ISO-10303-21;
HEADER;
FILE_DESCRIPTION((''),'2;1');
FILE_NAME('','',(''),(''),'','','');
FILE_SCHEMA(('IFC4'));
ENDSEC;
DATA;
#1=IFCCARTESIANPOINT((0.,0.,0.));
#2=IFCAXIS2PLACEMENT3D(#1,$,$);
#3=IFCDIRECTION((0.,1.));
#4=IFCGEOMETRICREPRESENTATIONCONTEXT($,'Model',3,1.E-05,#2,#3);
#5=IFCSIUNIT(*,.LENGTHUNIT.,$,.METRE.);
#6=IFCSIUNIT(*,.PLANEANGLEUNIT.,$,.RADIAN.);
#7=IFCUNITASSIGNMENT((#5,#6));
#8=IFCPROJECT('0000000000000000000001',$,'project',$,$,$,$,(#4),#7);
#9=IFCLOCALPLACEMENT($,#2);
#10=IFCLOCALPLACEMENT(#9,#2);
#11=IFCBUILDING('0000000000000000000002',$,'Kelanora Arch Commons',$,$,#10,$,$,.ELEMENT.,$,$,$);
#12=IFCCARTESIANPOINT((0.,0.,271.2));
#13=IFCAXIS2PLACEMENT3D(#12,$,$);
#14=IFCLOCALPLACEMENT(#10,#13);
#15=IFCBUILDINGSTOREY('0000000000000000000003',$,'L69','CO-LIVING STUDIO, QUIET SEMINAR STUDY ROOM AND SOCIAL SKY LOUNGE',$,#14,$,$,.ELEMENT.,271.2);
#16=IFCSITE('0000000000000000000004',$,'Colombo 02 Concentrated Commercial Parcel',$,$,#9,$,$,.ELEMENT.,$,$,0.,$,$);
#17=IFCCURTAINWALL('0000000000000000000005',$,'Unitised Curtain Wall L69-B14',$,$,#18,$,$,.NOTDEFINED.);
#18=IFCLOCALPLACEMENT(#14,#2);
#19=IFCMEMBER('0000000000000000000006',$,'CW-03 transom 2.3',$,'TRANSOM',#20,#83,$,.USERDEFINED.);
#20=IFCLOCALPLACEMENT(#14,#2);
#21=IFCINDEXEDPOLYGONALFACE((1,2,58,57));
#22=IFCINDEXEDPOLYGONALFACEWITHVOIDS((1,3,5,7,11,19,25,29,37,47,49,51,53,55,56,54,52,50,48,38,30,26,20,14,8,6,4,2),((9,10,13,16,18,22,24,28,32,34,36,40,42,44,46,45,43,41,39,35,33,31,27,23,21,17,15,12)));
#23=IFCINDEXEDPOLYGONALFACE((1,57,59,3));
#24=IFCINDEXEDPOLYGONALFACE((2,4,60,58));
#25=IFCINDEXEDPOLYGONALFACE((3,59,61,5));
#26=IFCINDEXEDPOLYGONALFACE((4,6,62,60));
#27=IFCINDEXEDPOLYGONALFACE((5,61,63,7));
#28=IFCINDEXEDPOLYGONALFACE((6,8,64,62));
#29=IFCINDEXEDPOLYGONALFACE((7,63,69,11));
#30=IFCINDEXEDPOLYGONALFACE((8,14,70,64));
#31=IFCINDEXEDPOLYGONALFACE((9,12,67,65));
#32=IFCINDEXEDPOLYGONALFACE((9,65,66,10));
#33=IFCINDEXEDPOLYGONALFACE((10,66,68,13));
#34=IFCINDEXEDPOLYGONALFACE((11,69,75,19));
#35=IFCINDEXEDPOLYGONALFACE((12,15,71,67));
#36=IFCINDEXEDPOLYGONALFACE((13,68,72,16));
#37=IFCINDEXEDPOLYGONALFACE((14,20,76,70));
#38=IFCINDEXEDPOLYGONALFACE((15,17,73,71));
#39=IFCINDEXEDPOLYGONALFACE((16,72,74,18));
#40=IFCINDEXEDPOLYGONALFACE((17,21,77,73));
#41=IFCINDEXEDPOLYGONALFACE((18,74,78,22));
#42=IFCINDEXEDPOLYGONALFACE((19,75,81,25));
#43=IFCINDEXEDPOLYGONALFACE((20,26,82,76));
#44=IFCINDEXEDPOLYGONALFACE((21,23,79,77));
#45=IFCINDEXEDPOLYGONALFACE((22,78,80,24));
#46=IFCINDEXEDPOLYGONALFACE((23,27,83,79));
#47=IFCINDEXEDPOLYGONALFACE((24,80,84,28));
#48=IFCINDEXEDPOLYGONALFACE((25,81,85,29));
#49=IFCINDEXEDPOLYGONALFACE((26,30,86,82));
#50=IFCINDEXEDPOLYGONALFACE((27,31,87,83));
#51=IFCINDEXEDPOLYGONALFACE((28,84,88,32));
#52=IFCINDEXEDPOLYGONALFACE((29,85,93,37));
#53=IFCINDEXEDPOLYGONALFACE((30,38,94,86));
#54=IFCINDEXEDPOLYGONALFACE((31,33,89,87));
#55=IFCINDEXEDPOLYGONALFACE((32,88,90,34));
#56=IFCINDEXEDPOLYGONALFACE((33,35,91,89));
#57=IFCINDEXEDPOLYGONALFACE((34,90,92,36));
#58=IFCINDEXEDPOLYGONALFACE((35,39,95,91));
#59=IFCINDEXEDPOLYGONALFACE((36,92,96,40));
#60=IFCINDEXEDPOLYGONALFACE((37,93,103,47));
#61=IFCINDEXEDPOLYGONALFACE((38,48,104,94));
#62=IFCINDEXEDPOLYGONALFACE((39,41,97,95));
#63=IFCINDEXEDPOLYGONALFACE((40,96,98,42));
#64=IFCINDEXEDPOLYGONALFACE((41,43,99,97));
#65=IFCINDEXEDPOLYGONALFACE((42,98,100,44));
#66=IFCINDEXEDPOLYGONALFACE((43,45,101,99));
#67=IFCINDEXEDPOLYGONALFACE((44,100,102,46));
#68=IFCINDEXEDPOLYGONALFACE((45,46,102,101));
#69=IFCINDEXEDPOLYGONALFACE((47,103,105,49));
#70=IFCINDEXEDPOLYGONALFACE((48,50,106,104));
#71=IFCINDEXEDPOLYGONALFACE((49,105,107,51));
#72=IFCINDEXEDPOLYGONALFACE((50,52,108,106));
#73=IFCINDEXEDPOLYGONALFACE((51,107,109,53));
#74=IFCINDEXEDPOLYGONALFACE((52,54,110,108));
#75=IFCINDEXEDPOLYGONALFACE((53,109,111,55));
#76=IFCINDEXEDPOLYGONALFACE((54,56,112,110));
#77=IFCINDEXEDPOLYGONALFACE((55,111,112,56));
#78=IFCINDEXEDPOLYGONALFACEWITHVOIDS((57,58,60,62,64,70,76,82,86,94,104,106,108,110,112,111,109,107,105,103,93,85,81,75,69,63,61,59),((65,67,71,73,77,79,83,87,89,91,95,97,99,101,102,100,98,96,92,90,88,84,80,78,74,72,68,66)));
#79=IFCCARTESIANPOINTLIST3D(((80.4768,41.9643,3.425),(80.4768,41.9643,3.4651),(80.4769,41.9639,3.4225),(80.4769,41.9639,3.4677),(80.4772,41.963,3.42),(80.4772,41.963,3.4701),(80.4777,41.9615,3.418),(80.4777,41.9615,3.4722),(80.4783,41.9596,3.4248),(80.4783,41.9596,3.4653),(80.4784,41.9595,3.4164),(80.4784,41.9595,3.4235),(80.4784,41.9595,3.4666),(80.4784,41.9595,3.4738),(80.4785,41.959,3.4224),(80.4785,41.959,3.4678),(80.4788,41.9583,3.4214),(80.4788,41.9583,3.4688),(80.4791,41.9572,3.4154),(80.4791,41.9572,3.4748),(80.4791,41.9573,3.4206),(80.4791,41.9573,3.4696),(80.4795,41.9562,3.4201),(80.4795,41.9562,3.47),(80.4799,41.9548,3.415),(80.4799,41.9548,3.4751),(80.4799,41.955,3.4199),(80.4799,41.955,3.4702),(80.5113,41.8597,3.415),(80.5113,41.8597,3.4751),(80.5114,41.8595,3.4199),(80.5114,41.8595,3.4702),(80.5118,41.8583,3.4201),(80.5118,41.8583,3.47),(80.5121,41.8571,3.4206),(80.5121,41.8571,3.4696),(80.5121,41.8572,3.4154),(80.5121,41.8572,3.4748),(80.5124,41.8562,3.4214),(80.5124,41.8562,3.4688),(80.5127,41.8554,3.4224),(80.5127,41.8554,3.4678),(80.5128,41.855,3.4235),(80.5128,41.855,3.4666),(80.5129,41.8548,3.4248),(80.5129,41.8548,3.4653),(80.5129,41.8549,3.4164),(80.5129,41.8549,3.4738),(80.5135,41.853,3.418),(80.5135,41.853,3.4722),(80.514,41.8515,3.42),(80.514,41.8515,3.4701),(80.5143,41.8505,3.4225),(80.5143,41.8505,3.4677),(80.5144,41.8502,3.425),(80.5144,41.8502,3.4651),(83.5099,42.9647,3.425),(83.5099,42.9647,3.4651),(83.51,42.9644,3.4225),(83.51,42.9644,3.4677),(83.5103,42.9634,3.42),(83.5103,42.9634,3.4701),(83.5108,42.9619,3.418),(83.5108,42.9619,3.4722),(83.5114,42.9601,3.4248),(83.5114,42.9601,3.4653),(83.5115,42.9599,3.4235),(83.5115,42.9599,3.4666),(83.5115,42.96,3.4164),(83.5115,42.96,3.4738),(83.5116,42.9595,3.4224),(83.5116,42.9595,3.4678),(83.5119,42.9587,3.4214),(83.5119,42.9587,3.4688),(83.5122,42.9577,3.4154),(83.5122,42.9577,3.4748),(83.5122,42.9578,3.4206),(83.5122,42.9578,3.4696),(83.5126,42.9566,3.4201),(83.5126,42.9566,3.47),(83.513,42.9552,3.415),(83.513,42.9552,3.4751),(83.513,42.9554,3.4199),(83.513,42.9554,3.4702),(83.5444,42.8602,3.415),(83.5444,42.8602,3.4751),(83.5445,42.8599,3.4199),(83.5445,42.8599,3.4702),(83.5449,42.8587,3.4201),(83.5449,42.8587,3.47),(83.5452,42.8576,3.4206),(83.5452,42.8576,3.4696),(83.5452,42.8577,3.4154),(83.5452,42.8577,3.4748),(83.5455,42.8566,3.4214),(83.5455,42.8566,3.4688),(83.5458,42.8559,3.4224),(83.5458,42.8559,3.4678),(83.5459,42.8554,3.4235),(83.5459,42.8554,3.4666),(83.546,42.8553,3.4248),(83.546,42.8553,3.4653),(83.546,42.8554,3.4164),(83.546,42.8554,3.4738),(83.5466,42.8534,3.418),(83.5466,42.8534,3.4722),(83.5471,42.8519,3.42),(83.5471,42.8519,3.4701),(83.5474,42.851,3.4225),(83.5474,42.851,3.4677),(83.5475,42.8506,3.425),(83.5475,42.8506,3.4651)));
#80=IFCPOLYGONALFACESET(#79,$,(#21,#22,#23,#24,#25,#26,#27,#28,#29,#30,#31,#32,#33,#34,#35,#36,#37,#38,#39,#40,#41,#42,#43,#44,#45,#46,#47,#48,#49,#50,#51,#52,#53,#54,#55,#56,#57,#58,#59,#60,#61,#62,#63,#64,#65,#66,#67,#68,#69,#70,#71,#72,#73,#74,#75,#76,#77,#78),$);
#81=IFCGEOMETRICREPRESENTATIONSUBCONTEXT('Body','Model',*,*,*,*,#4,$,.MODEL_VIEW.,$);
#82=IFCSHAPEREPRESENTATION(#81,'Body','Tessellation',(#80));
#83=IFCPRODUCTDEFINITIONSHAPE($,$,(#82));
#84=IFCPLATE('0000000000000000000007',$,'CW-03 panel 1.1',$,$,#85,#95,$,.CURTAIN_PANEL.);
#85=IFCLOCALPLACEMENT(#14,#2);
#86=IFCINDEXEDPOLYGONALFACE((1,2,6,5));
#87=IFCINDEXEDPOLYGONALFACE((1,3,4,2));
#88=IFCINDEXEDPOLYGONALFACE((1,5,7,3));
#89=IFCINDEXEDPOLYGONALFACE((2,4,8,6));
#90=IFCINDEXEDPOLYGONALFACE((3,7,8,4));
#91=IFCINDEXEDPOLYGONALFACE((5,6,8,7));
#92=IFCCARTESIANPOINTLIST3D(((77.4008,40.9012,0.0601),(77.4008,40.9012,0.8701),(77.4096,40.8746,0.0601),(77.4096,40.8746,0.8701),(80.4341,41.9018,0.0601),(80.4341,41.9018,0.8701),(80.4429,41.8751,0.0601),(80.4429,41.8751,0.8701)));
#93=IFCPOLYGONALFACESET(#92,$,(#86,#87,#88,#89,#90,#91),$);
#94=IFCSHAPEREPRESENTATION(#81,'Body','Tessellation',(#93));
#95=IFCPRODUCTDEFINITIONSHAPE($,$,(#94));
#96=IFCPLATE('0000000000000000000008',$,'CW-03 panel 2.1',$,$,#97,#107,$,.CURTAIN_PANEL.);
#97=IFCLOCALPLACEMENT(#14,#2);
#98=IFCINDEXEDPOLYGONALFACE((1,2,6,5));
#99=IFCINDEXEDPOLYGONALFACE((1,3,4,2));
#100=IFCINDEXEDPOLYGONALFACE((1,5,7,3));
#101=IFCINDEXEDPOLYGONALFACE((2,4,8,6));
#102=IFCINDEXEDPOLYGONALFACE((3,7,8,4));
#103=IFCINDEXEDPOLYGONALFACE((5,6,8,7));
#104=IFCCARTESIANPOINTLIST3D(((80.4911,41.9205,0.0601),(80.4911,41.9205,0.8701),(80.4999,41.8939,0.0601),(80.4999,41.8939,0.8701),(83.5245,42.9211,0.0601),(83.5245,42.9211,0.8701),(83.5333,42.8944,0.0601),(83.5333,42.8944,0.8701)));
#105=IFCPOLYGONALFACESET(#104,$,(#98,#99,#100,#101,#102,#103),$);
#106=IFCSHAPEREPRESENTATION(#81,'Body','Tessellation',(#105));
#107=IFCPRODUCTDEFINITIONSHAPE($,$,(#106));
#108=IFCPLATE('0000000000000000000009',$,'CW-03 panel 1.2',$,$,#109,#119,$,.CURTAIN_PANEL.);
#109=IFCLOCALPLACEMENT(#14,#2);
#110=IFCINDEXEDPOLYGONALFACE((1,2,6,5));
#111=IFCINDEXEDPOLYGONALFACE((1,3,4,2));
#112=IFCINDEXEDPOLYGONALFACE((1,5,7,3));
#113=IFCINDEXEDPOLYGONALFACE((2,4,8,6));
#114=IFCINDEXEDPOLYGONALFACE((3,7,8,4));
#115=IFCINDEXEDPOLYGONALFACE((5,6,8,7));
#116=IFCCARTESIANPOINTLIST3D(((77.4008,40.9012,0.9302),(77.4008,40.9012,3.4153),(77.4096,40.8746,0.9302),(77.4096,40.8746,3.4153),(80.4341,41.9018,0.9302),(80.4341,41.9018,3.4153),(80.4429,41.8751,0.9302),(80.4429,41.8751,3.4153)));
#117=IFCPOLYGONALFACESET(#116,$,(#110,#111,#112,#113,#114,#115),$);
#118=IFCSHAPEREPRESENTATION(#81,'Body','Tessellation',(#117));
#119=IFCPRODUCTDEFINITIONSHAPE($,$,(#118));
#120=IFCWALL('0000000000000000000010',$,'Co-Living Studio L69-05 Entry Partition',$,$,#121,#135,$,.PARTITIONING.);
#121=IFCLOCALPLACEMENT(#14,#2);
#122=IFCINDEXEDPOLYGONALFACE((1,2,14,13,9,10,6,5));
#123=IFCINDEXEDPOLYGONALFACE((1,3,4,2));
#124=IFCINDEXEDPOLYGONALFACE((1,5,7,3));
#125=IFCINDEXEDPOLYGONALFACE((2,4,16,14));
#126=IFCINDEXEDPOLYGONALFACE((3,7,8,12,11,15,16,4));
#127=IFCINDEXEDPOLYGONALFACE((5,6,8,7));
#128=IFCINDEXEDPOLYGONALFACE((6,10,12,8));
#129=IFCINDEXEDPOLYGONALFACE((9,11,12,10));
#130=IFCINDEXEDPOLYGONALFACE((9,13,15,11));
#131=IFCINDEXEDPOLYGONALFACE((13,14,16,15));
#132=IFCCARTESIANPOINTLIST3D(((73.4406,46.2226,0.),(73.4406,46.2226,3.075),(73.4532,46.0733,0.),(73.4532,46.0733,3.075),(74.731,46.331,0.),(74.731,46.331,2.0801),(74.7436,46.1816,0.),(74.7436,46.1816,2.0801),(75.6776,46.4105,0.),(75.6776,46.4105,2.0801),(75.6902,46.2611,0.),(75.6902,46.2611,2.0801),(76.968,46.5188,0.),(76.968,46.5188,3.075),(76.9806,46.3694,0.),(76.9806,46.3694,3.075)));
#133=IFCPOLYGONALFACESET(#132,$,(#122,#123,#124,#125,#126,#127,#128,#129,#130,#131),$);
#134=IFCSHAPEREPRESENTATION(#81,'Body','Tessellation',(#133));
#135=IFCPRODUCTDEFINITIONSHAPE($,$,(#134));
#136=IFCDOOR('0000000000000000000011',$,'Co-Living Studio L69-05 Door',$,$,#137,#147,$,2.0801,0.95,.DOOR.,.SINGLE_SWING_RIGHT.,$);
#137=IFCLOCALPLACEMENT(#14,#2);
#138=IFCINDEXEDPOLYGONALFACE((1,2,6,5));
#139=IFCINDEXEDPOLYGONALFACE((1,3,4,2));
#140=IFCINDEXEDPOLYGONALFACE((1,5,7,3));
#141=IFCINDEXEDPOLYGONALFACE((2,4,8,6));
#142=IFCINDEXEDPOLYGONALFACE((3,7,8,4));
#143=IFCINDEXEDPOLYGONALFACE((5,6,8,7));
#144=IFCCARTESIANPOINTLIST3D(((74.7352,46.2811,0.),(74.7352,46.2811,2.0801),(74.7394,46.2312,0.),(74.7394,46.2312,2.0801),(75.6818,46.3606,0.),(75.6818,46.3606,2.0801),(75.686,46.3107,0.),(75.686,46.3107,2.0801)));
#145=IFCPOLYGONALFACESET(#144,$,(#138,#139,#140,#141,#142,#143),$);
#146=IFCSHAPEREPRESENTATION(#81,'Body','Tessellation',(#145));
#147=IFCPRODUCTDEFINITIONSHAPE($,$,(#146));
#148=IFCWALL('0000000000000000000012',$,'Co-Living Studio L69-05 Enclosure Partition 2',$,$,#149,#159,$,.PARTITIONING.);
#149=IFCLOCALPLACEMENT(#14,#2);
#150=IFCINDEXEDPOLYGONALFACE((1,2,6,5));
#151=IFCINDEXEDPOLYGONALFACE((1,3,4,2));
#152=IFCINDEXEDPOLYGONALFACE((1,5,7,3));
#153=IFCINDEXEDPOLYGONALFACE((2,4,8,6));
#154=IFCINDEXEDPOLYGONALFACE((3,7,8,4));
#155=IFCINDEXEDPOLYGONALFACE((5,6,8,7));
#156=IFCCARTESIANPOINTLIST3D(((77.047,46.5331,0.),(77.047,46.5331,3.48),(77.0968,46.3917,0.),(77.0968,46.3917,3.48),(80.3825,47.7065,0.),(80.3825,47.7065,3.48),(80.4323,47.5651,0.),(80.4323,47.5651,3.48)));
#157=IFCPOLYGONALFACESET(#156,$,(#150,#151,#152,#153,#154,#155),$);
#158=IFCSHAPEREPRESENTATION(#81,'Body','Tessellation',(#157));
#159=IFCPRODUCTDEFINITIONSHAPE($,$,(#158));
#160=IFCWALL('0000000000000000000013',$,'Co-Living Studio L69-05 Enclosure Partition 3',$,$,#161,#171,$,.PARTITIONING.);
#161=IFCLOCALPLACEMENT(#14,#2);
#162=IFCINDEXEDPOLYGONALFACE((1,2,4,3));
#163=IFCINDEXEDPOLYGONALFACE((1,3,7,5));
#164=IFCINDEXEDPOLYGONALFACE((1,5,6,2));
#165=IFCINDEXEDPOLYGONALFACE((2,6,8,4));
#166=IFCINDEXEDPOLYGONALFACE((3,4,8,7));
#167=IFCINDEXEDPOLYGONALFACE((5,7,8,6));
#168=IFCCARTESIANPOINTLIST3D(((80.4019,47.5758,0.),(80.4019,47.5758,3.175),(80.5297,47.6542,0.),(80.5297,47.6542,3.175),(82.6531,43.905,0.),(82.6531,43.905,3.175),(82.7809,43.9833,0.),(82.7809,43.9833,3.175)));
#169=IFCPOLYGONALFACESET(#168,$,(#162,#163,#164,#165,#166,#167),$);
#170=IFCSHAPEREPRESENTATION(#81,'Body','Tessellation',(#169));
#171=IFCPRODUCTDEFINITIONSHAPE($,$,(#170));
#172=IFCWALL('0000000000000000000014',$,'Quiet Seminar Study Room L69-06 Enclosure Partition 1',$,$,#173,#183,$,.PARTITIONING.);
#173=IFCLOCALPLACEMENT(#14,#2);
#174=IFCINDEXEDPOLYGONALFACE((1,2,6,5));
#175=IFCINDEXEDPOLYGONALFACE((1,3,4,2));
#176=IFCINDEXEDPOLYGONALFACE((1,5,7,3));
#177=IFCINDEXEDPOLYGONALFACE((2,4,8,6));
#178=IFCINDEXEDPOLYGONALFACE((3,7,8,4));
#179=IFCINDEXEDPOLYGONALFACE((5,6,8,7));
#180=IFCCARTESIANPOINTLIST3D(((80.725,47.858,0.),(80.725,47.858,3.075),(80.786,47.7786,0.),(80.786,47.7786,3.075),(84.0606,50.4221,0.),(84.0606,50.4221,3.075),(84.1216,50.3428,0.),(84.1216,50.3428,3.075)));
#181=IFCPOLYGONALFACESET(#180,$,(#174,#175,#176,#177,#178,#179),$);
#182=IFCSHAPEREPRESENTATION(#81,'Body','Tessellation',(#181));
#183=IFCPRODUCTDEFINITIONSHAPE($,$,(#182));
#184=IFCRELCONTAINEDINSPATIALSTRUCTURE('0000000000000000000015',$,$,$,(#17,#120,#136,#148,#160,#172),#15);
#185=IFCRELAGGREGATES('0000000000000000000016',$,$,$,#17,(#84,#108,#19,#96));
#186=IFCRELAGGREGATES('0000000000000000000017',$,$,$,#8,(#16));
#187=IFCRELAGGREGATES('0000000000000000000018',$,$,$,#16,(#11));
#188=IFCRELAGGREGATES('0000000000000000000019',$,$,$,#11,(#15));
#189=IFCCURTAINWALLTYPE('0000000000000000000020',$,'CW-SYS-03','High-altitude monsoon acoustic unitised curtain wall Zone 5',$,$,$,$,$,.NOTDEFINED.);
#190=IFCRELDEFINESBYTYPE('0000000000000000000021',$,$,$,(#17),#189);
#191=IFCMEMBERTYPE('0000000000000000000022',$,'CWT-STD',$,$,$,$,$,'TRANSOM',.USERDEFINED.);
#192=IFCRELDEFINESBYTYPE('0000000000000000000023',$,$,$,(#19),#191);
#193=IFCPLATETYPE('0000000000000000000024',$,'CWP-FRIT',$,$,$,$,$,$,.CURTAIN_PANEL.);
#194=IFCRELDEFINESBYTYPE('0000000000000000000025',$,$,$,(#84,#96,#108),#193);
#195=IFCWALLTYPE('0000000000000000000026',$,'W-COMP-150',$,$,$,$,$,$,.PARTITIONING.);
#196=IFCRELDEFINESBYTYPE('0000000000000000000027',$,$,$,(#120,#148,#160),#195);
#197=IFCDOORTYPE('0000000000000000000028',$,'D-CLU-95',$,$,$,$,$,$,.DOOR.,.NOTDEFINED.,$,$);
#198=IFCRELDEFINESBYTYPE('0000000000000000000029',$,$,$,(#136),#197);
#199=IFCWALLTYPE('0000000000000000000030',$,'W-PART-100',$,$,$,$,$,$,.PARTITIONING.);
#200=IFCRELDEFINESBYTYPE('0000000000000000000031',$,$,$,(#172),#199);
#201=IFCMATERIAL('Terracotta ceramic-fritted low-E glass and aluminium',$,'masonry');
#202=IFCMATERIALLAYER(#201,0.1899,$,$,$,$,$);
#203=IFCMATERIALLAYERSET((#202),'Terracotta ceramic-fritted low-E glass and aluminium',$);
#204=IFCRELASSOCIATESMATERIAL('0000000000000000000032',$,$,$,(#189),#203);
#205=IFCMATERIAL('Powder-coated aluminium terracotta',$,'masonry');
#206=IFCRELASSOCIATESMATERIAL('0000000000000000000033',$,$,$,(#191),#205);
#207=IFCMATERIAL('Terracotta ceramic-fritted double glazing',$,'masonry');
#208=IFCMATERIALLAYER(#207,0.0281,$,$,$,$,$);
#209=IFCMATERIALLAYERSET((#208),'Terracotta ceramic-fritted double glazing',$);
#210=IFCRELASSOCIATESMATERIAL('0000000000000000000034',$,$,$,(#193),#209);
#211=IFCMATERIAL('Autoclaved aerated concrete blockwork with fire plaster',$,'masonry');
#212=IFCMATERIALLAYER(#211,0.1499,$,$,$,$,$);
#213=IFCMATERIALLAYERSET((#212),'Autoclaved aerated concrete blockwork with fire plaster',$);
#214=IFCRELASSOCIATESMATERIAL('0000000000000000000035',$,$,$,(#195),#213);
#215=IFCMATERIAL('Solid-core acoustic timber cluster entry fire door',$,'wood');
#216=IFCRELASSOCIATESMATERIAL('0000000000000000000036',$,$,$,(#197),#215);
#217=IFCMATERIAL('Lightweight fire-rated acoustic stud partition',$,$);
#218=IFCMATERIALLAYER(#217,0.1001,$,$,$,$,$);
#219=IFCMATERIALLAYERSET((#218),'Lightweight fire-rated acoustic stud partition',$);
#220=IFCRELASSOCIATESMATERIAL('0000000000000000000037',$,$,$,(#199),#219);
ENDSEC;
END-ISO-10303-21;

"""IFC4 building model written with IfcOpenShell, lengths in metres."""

from ifc_helpers import new_model, si_unit, direction, frame, frame_2d, origin, origin_2d, place, context, subcontext, project, spatial, rectangle, hollow_rectangle, extrude, source, transform, mapped, material, layer, layer_set, material_profile, profile_set, type_object, element, fill, aggregate, save


model = new_model("IFC4")

# Units and contexts
model_context = context("Model", 3, precision=1e-05, world=origin(), true_north=direction((0.0, 1.0)))
body_context = subcontext(model_context, "Body", "Model", "MODEL_VIEW")
ifc_project = project(units=[si_unit("LENGTHUNIT", "METRE"), si_unit("PLANEANGLEUNIT", "RADIAN")], contexts=[model_context])

# Site, building, storey
site_placement = place(None, origin())
site = spatial("IfcSite", under=ifc_project, at=site_placement, Name="Colombo 02 Concentrated Commercial Parcel", CompositionType="ELEMENT", RefElevation=0.0)
building_placement = place(site_placement, origin())
building = spatial("IfcBuilding", under=site, at=building_placement, Name="Kelanora Arch Commons", CompositionType="ELEMENT")
storey_placement = place(building_placement, frame((0.0, 0.0, 271.2)))
storey = spatial("IfcBuildingStorey", under=building, at=storey_placement, Name="L69", Description="CO-LIVING STUDIO, QUIET SEMINAR STUDY ROOM AND SOCIAL SKY LOUNGE", CompositionType="ELEMENT", Elevation=271.2)

# Curtain wall, member, plates
ifc_material_1 = material(Name="Terracotta ceramic-fritted low-E glass and aluminium", Category="masonry")
ifc_layer_1 = layer(ifc_material_1, 0.1899)
ifc_layer_set_1 = layer_set([ifc_layer_1], Name="Terracotta ceramic-fritted low-E glass and aluminium")
curtain_wall_type = type_object("IfcCurtainWallType", Name="CW-SYS-03", Description="High-altitude monsoon acoustic unitised curtain wall Zone 5", PredefinedType="NOTDEFINED", material=ifc_layer_set_1)
curtain_wall_placement = place(storey_placement, origin())
curtain_wall = element("IfcCurtainWall", 1, at=curtain_wall_placement, inside=storey, type_object=curtain_wall_type, Name="Unitised Curtain Wall L69-B14", PredefinedType="NOTDEFINED")
ifc_material_2 = material(Name="Powder-coated aluminium terracotta", Category="masonry")
ifc_material_profile_1 = material_profile(ifc_material_2, hollow_rectangle(XDim=0.1201, YDim=0.0601, WallThickness=0.0049, InnerFilletRadius=0.0049, OuterFilletRadius=0.01, at=origin_2d()), Name="CWT120x60")
ifc_profile_set_1 = profile_set([ifc_material_profile_1], Name="Powder-coated aluminium terracotta")
member_type_1 = type_object("IfcMemberType", Name="CWT-STD", ElementType="TRANSOM", PredefinedType="USERDEFINED", material=ifc_profile_set_1)
member_1_placement = place(storey_placement, frame((80.4956, 41.9072, 3.4451), z_axis=(0.949672, 0.313245, 0.0), x_axis=(-0.313245, 0.949672, 0.0)))
member_1 = element("IfcMember", 2, at=member_1_placement, type_object=member_type_1, Name="CW-03 transom 2.3", ObjectType="TRANSOM", PredefinedType="USERDEFINED", context=body_context, shape_type="SweptSolid", body=[
    extrude(hollow_rectangle(XDim=0.1201, YDim=0.0601, WallThickness=0.0049, InnerFilletRadius=0.0049, OuterFilletRadius=0.01, at=origin_2d()), origin(), (0.0, 0.0, 1.0), 3.1938),
])
ifc_material_3 = material(Name="Terracotta ceramic-fritted double glazing", Category="masonry")
ifc_layer_2 = layer(ifc_material_3, 0.0281)
ifc_layer_set_2 = layer_set([ifc_layer_2], Name="Terracotta ceramic-fritted double glazing")
plate_type = type_object("IfcPlateType", Name="CWP-FRIT", PredefinedType="CURTAIN_PANEL", material=ifc_layer_set_2)
shared_shape_1 = source(origin(), body_context, "Body", "SweptSolid", [
    extrude(rectangle(XDim=3.1941, YDim=0.0281, at=origin_2d()), origin(), (0.0, 0.0, 1.0), 0.8101),
])
plate_1_placement = place(storey_placement, frame((78.9219, 41.3882, 0.0601), z_axis=(0.0, 0.0, 1.0), x_axis=(0.94967, 0.313253, 0.0)))
plate_1 = element("IfcPlate", 3, at=plate_1_placement, type_object=plate_type, Name="CW-03 panel 1.1", PredefinedType="CURTAIN_PANEL", context=body_context, shape_type="MappedRepresentation", body=[
    mapped(shared_shape_1, transform((0.0, 0.0, 0.0), scale=1.0)),
])
plate_2_placement = place(storey_placement, frame((82.0122, 42.4075, 0.0601), z_axis=(0.0, 0.0, 1.0), x_axis=(0.94967, 0.313253, 0.0)))
plate_2 = element("IfcPlate", 4, at=plate_2_placement, type_object=plate_type, Name="CW-03 panel 2.1", PredefinedType="CURTAIN_PANEL", context=body_context, shape_type="MappedRepresentation", body=[
    mapped(shared_shape_1, transform((0.0, 0.0, 0.0), scale=1.0)),
])
shared_shape_2 = source(origin(), body_context, "Body", "SweptSolid", [
    extrude(rectangle(XDim=3.1941, YDim=0.0281, at=origin_2d()), origin(), (0.0, 0.0, 1.0), 2.4851),
])
plate_3_placement = place(storey_placement, frame((78.9219, 41.3882, 0.9302), z_axis=(0.0, 0.0, 1.0), x_axis=(0.94967, 0.313253, 0.0)))
plate_3 = element("IfcPlate", 5, at=plate_3_placement, type_object=plate_type, Name="CW-03 panel 1.2", PredefinedType="CURTAIN_PANEL", context=body_context, shape_type="MappedRepresentation", body=[
    mapped(shared_shape_2, transform((0.0, 0.0, 0.0), scale=1.0)),
])
aggregate(curtain_wall, [plate_1, plate_3, member_1, plate_2])

# Wall, opening, door
ifc_material_4 = material(Name="Autoclaved aerated concrete blockwork with fire plaster", Category="masonry")
ifc_layer_3 = layer(ifc_material_4, 0.1499)
ifc_layer_set_3 = layer_set([ifc_layer_3], Name="Autoclaved aerated concrete blockwork with fire plaster")
wall_type_1 = type_object("IfcWallType", Name="W-COMP-150", PredefinedType="PARTITIONING", material=ifc_layer_set_3)
wall_1_placement = place(storey_placement, frame((73.4468, 46.1479, 0.0), z_axis=(0.0, 0.0, 1.0), x_axis=(0.996494, 0.083662, 0.0)))
wall_1 = element("IfcWall", 6, at=wall_1_placement, inside=storey, type_object=wall_type_1, Name="Co-Living Studio L69-05 Entry Partition", PredefinedType="PARTITIONING", context=body_context, shape_type="SweptSolid", body=[
    extrude(rectangle(XDim=3.5398, YDim=0.1499, at=frame_2d((1.77, 0.0))), origin(), (0.0, 0.0, 1.0), 3.075),
])
opening_placement = place(wall_1_placement, frame((1.2949, 0.0, 0.0)))
opening = element("IfcOpeningElement", 7, at=opening_placement, cuts=wall_1, PredefinedType="OPENING", context=body_context, shape_type="SweptSolid", body=[
    extrude(rectangle(XDim=0.95, YDim=2.0801, at=frame_2d((0.4751, 1.04))), frame((0.0, 0.085, 0.0), z_axis=(0.0, -1.0, 0.0), x_axis=(1.0, 0.0, 0.0)), (0.0, 0.0, 1.0), 0.1699),
])
ifc_material_5 = material(Name="Solid-core acoustic timber cluster entry fire door", Category="wood")
door_type = type_object("IfcDoorType", Name="D-CLU-95", OperationType="NOTDEFINED", PredefinedType="DOOR", material=ifc_material_5)
door_placement = place(opening_placement, origin())
door = element("IfcDoor", 8, at=door_placement, inside=storey, type_object=door_type, Name="Co-Living Studio L69-05 Door", OperationType="SINGLE_SWING_RIGHT", OverallHeight=2.0801, OverallWidth=0.95, PredefinedType="DOOR", context=body_context, shape_type="SweptSolid", body=[
    extrude(rectangle(XDim=0.95, YDim=2.0801, at=frame_2d((0.4751, 1.04))), frame((0.0, 0.0249, 0.0), z_axis=(0.0, -1.0, 0.0), x_axis=(1.0, 0.0, 0.0)), (0.0, 0.0, 1.0), 0.05),
])
fill(opening, door)

# Walls
wall_2_placement = place(storey_placement, frame((77.0718, 46.4624, 0.0), z_axis=(0.0, 0.0, 1.0), x_axis=(0.943334, 0.331845, 0.0)))
element("IfcWall", 9, at=wall_2_placement, inside=storey, type_object=wall_type_1, Name="Co-Living Studio L69-05 Enclosure Partition 2", PredefinedType="PARTITIONING", context=body_context, shape_type="SweptSolid", body=[
    extrude(rectangle(XDim=3.5359, YDim=0.1499, at=frame_2d((1.7681, 0.0))), origin(), (0.0, 0.0, 1.0), 3.48),
])
wall_3_placement = place(storey_placement, frame((80.4658, 47.615, 0.0), z_axis=(0.0, 0.0, 1.0), x_axis=(0.522784, -0.852465, 0.0)))
element("IfcWall", 10, at=wall_3_placement, inside=storey, type_object=wall_type_1, Name="Co-Living Studio L69-05 Enclosure Partition 3", PredefinedType="PARTITIONING", context=body_context, shape_type="SweptSolid", body=[
    extrude(rectangle(XDim=4.3062, YDim=0.1499, at=frame_2d((2.1531, 0.0))), origin(), (0.0, 0.0, 1.0), 3.175),
])
ifc_material_6 = material(Name="Lightweight fire-rated acoustic stud partition")
ifc_layer_4 = layer(ifc_material_6, 0.1001)
ifc_layer_set_4 = layer_set([ifc_layer_4], Name="Lightweight fire-rated acoustic stud partition")
wall_type_2 = type_object("IfcWallType", Name="W-PART-100", PredefinedType="PARTITIONING", material=ifc_layer_set_4)
wall_4_placement = place(storey_placement, frame((80.7556, 47.8184, 0.0), z_axis=(0.0, 0.0, 1.0), x_axis=(0.79282, 0.609456, 0.0)))
element("IfcWall", 11, at=wall_4_placement, inside=storey, type_object=wall_type_2, Name="Quiet Seminar Study Room L69-06 Enclosure Partition 1", PredefinedType="PARTITIONING", context=body_context, shape_type="SweptSolid", body=[
    extrude(rectangle(XDim=4.2073, YDim=0.1001, at=frame_2d((2.1035, 0.0))), origin(), (0.0, 0.0, 1.0), 3.075),
])

save(model, "model.ifc")
